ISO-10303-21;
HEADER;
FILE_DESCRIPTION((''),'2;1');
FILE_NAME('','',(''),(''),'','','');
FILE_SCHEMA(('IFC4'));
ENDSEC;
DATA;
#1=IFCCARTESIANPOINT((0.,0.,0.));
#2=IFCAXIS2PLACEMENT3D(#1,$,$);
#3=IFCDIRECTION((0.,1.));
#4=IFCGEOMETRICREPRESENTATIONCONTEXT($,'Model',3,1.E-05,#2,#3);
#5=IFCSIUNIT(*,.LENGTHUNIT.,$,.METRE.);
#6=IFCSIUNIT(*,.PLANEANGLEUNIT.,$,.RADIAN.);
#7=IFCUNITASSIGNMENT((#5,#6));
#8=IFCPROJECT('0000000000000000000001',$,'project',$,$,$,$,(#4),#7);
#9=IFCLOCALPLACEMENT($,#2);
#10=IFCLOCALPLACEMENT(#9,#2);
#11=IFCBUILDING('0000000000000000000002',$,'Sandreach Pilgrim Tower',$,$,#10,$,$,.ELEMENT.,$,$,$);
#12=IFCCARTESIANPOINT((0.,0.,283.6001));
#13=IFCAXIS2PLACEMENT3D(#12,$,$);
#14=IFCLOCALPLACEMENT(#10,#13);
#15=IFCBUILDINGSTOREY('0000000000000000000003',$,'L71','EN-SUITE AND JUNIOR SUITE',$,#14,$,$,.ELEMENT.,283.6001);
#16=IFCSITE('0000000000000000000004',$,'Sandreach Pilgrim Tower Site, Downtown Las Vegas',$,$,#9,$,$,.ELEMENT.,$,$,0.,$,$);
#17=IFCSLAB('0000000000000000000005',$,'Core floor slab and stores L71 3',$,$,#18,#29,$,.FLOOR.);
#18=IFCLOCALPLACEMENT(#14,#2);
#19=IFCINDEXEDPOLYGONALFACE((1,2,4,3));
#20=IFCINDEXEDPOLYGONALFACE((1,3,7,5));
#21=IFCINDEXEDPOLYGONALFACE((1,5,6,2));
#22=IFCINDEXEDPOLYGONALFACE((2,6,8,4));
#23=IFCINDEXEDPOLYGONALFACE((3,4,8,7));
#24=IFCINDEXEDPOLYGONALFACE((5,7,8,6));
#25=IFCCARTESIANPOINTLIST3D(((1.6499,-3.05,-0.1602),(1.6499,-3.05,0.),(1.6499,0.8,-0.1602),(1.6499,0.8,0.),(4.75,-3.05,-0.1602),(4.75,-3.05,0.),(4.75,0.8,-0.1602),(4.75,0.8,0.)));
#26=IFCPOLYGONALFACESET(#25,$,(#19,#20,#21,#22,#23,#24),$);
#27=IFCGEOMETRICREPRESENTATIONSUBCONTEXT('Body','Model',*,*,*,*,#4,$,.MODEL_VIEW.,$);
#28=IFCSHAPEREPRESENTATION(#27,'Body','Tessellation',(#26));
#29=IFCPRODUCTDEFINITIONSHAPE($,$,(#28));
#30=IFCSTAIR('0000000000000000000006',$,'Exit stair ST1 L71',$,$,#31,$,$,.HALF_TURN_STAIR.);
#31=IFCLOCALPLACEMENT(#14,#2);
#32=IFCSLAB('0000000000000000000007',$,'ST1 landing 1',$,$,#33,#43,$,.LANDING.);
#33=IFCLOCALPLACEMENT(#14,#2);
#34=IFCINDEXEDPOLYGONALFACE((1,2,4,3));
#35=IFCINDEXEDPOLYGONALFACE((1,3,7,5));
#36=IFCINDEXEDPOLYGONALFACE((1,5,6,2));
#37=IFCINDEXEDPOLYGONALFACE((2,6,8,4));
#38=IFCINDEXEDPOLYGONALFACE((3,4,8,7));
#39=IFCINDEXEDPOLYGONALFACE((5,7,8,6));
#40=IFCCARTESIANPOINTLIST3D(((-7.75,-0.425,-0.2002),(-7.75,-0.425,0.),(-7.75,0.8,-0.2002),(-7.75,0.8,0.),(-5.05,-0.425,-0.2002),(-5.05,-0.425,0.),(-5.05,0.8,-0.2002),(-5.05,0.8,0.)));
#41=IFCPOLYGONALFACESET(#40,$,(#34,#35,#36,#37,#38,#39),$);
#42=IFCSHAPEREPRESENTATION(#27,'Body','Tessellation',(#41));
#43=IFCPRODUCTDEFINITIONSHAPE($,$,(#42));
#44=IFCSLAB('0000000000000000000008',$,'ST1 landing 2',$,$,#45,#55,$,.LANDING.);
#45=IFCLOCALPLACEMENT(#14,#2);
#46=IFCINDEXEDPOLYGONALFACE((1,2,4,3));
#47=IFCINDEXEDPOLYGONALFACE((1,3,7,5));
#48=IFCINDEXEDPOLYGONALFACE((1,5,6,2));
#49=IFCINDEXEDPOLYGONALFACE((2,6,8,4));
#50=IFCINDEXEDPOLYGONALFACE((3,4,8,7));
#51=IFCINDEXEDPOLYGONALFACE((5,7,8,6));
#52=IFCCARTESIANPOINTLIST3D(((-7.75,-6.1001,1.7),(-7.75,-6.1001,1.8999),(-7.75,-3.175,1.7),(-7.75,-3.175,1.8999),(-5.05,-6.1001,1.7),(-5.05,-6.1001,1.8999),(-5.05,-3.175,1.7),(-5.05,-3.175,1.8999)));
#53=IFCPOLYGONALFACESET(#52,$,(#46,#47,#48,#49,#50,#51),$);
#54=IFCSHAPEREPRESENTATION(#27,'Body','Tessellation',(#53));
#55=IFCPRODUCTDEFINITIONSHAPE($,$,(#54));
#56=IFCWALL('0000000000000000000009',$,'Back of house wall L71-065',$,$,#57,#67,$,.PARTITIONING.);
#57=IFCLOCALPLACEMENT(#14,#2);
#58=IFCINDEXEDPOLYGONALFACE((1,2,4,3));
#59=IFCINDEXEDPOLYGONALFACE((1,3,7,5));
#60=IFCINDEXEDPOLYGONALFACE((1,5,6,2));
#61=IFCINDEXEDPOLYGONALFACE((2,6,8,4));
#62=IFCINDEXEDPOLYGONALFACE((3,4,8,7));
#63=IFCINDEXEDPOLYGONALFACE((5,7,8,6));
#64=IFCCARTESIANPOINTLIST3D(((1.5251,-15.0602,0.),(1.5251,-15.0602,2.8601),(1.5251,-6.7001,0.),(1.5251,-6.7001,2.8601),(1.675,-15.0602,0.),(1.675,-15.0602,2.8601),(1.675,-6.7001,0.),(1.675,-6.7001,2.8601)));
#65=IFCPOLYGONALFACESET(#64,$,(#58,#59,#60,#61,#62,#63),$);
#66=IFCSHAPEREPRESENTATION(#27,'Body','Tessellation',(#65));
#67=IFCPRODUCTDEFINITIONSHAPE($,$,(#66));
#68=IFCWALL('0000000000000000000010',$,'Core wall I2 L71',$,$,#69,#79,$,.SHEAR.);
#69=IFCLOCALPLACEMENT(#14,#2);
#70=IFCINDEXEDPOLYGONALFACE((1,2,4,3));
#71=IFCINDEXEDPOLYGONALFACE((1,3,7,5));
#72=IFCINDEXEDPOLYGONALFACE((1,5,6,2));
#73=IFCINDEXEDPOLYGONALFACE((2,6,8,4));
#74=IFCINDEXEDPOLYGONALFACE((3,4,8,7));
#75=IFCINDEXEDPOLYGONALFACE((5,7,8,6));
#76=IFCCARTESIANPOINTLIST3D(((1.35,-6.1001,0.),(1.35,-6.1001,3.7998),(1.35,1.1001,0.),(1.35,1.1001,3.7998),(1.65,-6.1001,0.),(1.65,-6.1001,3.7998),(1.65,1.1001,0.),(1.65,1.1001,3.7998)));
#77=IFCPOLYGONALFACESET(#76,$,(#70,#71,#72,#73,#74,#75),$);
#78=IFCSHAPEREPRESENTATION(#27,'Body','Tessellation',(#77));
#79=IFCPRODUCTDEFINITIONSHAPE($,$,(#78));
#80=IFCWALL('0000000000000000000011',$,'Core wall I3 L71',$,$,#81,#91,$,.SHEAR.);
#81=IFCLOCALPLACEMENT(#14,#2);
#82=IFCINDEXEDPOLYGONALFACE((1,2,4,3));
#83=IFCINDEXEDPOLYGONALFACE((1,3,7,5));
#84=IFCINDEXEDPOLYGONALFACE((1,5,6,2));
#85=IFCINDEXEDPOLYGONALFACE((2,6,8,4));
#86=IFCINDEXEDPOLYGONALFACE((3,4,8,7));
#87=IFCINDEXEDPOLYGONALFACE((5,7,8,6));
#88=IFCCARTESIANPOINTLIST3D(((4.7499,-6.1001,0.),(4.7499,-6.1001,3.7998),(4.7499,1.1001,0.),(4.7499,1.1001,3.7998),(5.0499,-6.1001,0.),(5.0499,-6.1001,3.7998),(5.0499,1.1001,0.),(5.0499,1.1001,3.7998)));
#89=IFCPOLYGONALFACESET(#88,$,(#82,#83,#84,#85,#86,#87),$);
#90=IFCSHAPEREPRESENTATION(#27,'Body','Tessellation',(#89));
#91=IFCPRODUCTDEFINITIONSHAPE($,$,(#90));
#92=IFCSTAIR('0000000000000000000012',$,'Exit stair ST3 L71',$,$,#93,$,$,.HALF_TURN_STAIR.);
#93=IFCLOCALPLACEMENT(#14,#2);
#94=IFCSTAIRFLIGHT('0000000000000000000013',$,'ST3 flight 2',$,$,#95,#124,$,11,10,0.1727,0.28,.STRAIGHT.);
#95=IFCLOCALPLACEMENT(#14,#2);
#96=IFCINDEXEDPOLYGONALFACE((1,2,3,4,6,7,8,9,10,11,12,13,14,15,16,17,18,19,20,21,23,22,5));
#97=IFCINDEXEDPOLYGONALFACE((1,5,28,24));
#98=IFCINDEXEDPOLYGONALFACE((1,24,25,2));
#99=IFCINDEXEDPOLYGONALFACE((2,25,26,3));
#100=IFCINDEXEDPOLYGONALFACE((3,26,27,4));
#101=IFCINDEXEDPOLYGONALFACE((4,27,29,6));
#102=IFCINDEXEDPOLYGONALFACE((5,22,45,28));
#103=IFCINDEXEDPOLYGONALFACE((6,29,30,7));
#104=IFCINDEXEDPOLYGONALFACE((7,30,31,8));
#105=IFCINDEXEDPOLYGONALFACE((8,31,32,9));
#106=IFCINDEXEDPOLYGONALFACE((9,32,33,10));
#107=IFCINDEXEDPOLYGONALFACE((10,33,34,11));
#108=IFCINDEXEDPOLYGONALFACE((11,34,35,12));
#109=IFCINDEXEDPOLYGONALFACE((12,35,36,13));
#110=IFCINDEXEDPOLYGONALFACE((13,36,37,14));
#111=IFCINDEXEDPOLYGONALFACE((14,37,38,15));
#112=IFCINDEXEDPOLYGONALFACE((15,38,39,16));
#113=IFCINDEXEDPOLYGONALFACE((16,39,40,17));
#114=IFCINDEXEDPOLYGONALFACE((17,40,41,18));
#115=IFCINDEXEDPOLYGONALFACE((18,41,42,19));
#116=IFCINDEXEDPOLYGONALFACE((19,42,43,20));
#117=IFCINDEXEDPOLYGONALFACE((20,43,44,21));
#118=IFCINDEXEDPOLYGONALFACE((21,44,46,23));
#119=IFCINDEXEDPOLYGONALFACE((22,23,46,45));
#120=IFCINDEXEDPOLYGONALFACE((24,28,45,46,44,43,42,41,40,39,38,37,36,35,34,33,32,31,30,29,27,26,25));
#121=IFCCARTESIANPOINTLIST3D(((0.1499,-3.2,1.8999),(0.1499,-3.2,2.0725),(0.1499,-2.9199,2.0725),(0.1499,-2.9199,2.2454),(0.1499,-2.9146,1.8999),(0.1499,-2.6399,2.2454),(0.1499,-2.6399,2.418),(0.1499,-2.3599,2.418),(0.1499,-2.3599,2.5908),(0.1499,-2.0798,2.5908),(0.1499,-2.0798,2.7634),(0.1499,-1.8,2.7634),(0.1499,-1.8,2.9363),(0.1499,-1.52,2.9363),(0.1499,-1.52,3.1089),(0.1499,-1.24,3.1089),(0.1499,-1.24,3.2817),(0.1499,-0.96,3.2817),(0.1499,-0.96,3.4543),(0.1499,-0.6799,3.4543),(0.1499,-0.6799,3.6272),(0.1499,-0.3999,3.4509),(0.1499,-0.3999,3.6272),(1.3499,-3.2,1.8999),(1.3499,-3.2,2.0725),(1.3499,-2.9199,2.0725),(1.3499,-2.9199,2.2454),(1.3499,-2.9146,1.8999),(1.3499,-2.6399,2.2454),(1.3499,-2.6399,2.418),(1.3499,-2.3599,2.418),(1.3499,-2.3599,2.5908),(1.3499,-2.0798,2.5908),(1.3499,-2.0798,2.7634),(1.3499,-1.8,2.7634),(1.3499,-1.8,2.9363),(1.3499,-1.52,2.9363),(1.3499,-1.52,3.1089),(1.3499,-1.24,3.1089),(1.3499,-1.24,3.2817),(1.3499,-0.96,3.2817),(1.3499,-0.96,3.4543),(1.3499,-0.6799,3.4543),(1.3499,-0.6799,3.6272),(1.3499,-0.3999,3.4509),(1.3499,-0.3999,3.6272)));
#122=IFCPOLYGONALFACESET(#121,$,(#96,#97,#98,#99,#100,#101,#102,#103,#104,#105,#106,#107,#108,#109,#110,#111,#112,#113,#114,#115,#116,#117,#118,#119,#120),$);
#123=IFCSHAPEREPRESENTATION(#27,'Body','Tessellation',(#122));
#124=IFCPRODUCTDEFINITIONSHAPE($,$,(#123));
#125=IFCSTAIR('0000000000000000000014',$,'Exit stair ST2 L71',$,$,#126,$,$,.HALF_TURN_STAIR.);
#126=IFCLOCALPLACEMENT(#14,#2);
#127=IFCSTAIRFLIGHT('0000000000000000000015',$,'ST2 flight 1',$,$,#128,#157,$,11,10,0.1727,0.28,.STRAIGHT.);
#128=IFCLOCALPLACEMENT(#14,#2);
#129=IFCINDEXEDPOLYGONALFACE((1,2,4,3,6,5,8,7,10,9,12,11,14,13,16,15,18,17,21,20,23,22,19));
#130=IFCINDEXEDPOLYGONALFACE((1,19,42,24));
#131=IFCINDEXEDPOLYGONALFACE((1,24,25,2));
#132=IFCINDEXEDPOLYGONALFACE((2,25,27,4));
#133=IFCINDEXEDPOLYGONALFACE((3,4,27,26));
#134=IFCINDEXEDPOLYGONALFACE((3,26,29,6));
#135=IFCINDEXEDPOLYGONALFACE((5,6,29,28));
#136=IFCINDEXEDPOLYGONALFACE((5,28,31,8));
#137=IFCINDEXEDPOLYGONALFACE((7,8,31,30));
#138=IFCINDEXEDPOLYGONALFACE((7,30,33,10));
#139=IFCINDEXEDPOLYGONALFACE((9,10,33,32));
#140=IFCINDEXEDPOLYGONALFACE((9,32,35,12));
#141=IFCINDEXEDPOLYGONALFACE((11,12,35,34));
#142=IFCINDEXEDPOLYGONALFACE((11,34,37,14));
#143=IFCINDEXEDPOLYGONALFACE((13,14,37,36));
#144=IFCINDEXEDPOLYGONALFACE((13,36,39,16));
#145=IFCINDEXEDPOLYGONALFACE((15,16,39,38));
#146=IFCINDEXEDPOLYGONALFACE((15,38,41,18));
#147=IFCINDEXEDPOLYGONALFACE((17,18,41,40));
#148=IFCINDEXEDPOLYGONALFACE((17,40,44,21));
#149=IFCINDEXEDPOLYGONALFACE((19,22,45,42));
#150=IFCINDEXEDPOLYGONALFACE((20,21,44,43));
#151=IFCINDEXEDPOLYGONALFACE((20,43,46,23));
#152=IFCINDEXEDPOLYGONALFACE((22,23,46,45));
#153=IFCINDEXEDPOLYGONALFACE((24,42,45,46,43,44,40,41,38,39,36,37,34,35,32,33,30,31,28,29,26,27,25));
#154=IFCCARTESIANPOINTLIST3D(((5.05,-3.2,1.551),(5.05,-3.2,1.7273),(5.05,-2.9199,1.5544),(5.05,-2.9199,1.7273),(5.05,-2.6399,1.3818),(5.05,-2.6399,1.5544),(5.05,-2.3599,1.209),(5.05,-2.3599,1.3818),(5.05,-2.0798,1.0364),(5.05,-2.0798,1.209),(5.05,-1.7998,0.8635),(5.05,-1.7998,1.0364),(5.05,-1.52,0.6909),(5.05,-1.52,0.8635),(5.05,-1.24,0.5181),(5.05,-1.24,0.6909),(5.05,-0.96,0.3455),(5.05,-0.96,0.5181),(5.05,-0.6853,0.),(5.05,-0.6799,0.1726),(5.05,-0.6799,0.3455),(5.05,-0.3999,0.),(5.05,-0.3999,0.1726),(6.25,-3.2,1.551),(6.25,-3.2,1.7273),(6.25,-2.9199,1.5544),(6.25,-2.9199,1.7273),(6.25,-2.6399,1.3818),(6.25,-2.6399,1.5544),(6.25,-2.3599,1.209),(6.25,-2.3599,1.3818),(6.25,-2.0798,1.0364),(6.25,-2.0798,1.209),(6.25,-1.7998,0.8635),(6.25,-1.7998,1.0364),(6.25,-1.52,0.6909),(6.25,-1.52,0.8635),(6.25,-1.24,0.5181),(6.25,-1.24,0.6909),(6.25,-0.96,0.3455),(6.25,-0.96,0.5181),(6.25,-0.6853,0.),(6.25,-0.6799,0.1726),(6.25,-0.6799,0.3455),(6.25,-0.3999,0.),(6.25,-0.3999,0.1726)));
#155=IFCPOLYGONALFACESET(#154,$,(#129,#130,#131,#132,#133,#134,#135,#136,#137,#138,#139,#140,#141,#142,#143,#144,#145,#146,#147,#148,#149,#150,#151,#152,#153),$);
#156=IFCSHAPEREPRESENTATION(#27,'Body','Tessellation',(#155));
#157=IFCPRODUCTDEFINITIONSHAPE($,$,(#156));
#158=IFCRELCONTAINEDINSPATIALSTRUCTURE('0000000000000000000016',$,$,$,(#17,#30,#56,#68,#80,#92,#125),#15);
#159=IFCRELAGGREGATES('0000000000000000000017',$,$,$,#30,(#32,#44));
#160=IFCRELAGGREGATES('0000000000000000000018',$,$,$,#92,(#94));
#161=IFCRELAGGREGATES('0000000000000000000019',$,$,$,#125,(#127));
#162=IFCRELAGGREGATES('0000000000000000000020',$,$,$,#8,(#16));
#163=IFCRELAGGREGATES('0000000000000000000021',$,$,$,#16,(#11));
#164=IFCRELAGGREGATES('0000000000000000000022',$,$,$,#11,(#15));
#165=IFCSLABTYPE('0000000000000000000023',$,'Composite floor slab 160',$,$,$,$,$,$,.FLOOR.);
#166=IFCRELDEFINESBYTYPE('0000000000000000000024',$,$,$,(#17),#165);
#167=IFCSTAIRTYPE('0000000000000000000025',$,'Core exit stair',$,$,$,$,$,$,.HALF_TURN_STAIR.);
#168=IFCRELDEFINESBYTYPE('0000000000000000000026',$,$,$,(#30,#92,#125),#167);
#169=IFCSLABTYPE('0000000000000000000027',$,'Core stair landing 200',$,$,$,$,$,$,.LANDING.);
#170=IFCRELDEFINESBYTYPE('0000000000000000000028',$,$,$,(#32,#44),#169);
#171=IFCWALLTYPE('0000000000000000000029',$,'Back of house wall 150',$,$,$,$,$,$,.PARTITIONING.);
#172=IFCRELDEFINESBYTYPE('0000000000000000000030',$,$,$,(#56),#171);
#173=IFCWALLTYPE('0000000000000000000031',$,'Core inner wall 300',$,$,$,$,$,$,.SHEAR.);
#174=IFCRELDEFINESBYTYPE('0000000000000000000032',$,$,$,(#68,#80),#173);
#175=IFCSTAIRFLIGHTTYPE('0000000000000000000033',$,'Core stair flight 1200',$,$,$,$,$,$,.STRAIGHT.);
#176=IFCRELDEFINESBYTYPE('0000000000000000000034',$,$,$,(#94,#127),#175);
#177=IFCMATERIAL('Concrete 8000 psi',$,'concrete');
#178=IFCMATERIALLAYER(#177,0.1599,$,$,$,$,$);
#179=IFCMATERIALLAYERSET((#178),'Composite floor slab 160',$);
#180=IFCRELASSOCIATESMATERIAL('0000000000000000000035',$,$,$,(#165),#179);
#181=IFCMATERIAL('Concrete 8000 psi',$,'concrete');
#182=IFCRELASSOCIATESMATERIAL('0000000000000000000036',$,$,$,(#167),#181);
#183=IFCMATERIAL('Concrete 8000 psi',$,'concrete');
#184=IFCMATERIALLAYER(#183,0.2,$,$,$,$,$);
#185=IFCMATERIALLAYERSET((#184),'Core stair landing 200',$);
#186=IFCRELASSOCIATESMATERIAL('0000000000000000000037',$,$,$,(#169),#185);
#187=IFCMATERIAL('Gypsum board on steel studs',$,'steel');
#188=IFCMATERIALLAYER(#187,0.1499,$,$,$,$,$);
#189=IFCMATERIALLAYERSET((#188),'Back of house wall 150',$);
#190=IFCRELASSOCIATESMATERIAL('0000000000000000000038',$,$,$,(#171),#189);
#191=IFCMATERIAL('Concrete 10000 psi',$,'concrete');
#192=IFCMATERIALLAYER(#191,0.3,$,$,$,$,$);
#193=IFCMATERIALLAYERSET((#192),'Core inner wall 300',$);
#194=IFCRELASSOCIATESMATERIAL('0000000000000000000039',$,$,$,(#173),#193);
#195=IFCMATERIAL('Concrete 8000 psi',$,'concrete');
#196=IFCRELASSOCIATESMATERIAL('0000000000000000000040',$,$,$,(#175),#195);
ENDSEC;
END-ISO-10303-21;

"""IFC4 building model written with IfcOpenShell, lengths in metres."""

from ifc_helpers import new_model, si_unit, direction, frame, frame_2d, origin, place, context, subcontext, project, spatial, polyline, rectangle, outline, extrude, material, layer, layer_set, type_object, element, aggregate, save


model = new_model("IFC4")

# Units and contexts
model_context = context("Model", 3, precision=1e-05, world=origin(), true_north=direction((0.0, 1.0)))
body_context = subcontext(model_context, "Body", "Model", "MODEL_VIEW")
ifc_project = project(units=[si_unit("LENGTHUNIT", "METRE"), si_unit("PLANEANGLEUNIT", "RADIAN")], contexts=[model_context])

# Site, building, storey
site_placement = place(None, origin())
site = spatial("IfcSite", under=ifc_project, at=site_placement, Name="Sandreach Pilgrim Tower Site, Downtown Las Vegas", CompositionType="ELEMENT", RefElevation=0.0)
building_placement = place(site_placement, origin())
building = spatial("IfcBuilding", under=site, at=building_placement, Name="Sandreach Pilgrim Tower", CompositionType="ELEMENT")
storey_placement = place(building_placement, frame((0.0, 0.0, 283.6001)))
storey = spatial("IfcBuildingStorey", under=building, at=storey_placement, Name="L71", Description="EN-SUITE AND JUNIOR SUITE", CompositionType="ELEMENT", Elevation=283.6001)

# Slab
ifc_material_1 = material(Name="Concrete 8000 psi", Category="concrete")
ifc_layer_1 = layer(ifc_material_1, 0.1599)
ifc_layer_set_1 = layer_set([ifc_layer_1], Name="Composite floor slab 160")
slab_type_1 = type_object("IfcSlabType", Name="Composite floor slab 160", PredefinedType="FLOOR", material=ifc_layer_set_1)
slab_1_placement = place(storey_placement, frame((0.0, 0.0, -0.1602)))
element("IfcSlab", 1, at=slab_1_placement, inside=storey, type_object=slab_type_1, Name="Core floor slab and stores L71 3", PredefinedType="FLOOR", context=body_context, shape_type="SweptSolid", body=[
    extrude(outline(polyline([(4.75, -3.05), (1.6499, -3.05), (1.6499, 0.8), (4.75, 0.8), (4.75, -3.05)])), origin(), (0.0, 0.0, 1.0), 0.1602),
])

# Stair, slabs
ifc_material_2 = material(Name="Concrete 8000 psi", Category="concrete")
stair_type = type_object("IfcStairType", Name="Core exit stair", PredefinedType="HALF_TURN_STAIR", material=ifc_material_2)
stair_1_placement = place(storey_placement, origin())
stair_1 = element("IfcStair", 2, at=stair_1_placement, inside=storey, type_object=stair_type, Name="Exit stair ST1 L71", PredefinedType="HALF_TURN_STAIR")
ifc_material_3 = material(Name="Concrete 8000 psi", Category="concrete")
ifc_layer_2 = layer(ifc_material_3, 0.2)
ifc_layer_set_2 = layer_set([ifc_layer_2], Name="Core stair landing 200")
slab_type_2 = type_object("IfcSlabType", Name="Core stair landing 200", PredefinedType="LANDING", material=ifc_layer_set_2)
slab_2_placement = place(storey_placement, frame((0.0, 0.0, -0.2002)))
slab_2 = element("IfcSlab", 3, at=slab_2_placement, type_object=slab_type_2, Name="ST1 landing 1", PredefinedType="LANDING", context=body_context, shape_type="SweptSolid", body=[
    extrude(outline(polyline([(-7.75, -0.425), (-5.05, -0.425), (-5.05, 0.8), (-7.75, 0.8), (-7.75, -0.425)])), origin(), (0.0, 0.0, 1.0), 0.2002),
])
slab_3_placement = place(storey_placement, frame((0.0, 0.0, 1.7)))
slab_3 = element("IfcSlab", 4, at=slab_3_placement, type_object=slab_type_2, Name="ST1 landing 2", PredefinedType="LANDING", context=body_context, shape_type="SweptSolid", body=[
    extrude(outline(polyline([(-7.75, -6.1001), (-5.05, -6.1001), (-5.05, -3.175), (-7.75, -3.175), (-7.75, -6.1001)])), origin(), (0.0, 0.0, 1.0), 0.2),
])
aggregate(stair_1, [slab_2, slab_3])

# Walls
ifc_material_4 = material(Name="Gypsum board on steel studs", Category="steel")
ifc_layer_3 = layer(ifc_material_4, 0.1499)
ifc_layer_set_3 = layer_set([ifc_layer_3], Name="Back of house wall 150")
wall_type_1 = type_object("IfcWallType", Name="Back of house wall 150", PredefinedType="PARTITIONING", material=ifc_layer_set_3)
wall_1_placement = place(storey_placement, frame((1.6001, -6.7, 0.0), z_axis=(0.0, 0.0, 1.0), x_axis=(0.0, -1.0, 0.0)))
element("IfcWall", 5, at=wall_1_placement, inside=storey, type_object=wall_type_1, Name="Back of house wall L71-065", PredefinedType="PARTITIONING", context=body_context, shape_type="SweptSolid", body=[
    extrude(rectangle(XDim=8.3601, YDim=0.1499, at=frame_2d((4.1802, 0.0))), origin(), (0.0, 0.0, 1.0), 2.8601),
])
ifc_material_5 = material(Name="Concrete 10000 psi", Category="concrete")
ifc_layer_4 = layer(ifc_material_5, 0.3)
ifc_layer_set_4 = layer_set([ifc_layer_4], Name="Core inner wall 300")
wall_type_2 = type_object("IfcWallType", Name="Core inner wall 300", PredefinedType="SHEAR", material=ifc_layer_set_4)
for number, where, z_axis, x_axis, name in (
    (6, (1.5, -6.1001, 0.0), (0.0, 0.0, 1.0), (0.0, 1.0, 0.0), "Core wall I2 L71"),
    (7, (4.8999, -6.1001, 0.0), (0.0, 0.0, 1.0), (0.0, 1.0, 0.0), "Core wall I3 L71"),
):
    element("IfcWall", number, at=place(storey_placement, frame(where, z_axis=z_axis, x_axis=x_axis)), inside=storey, type_object=wall_type_2, Name=name, PredefinedType="SHEAR", context=body_context, shape_type="SweptSolid", body=[
        extrude(rectangle(XDim=7.2002, YDim=0.3, at=frame_2d((3.6001, 0.0))), origin(), (0.0, 0.0, 1.0), 3.7998),
    ])

# Stairs, stair flights
stair_2_placement = place(storey_placement, origin())
stair_2 = element("IfcStair", 8, at=stair_2_placement, inside=storey, type_object=stair_type, Name="Exit stair ST3 L71", PredefinedType="HALF_TURN_STAIR")
ifc_material_6 = material(Name="Concrete 8000 psi", Category="concrete")
stair_flight_type = type_object("IfcStairFlightType", Name="Core stair flight 1200", PredefinedType="STRAIGHT", material=ifc_material_6)
stair_flight_1_placement = place(storey_placement, frame((0.75, -3.2, 1.8999), z_axis=(0.0, 0.0, 1.0), x_axis=(0.0, 1.0, 0.0)))
stair_flight_1 = element("IfcStairFlight", 9, at=stair_flight_1_placement, type_object=stair_flight_type, Name="ST3 flight 2", NumberOfRisers=11, NumberOfTreads=10, PredefinedType="STRAIGHT", RiserHeight=0.1727, TreadLength=0.28, context=body_context, shape_type="SweptSolid", body=[
    extrude(outline(polyline([(0.0, 0.0), (0.0, 0.1726), (0.28, 0.1726), (0.28, 0.3455), (0.5601, 0.3455), (0.5601, 0.5181), (0.8401, 0.5181), (0.8401, 0.6909), (1.1201, 0.6909), (1.1201, 0.8635), (1.3999, 0.8635), (1.3999, 1.0364), (1.6799, 1.0364), (1.6799, 1.209), (1.96, 1.209), (1.96, 1.3818), (2.24, 1.3818), (2.24, 1.5544), (2.52, 1.5544), (2.52, 1.7273), (2.8, 1.7273), (2.8, 1.8999), (2.8, 1.551), (0.2854, 0.0), (0.0, 0.0)])), frame((0.0, 0.6001, 0.0), z_axis=(0.0, -1.0, 0.0), x_axis=(1.0, 0.0, 0.0)), (0.0, 0.0, 1.0), 1.2),
])
aggregate(stair_2, [stair_flight_1])
stair_3_placement = place(storey_placement, origin())
stair_3 = element("IfcStair", 10, at=stair_3_placement, inside=storey, type_object=stair_type, Name="Exit stair ST2 L71", PredefinedType="HALF_TURN_STAIR")
stair_flight_2_placement = place(storey_placement, frame((5.6499, -0.3999, 0.0), z_axis=(0.0, 0.0, 1.0), x_axis=(0.0, -1.0, 0.0)))
stair_flight_2 = element("IfcStairFlight", 11, at=stair_flight_2_placement, type_object=stair_flight_type, Name="ST2 flight 1", NumberOfRisers=11, NumberOfTreads=10, PredefinedType="STRAIGHT", RiserHeight=0.1727, TreadLength=0.28, context=body_context, shape_type="SweptSolid", body=[
    extrude(outline(polyline([(0.0, 0.0), (0.0, 0.1726), (0.28, 0.1726), (0.28, 0.3455), (0.5601, 0.3455), (0.5601, 0.5181), (0.8401, 0.5181), (0.8401, 0.6909), (1.1201, 0.6909), (1.1201, 0.8635), (1.3999, 0.8635), (1.3999, 1.0364), (1.6799, 1.0364), (1.6799, 1.209), (1.96, 1.209), (1.96, 1.3818), (2.24, 1.3818), (2.24, 1.5544), (2.52, 1.5544), (2.52, 1.7273), (2.8, 1.7273), (2.8, 1.8999), (2.8, 1.551), (0.2854, 0.0), (0.0, 0.0)])), frame((0.0, 0.6001, 0.0), z_axis=(0.0, -1.0, 0.0), x_axis=(1.0, 0.0, 0.0)), (0.0, 0.0, 1.0), 1.2),
])
aggregate(stair_3, [stair_flight_2])

save(model, "model.ifc")
